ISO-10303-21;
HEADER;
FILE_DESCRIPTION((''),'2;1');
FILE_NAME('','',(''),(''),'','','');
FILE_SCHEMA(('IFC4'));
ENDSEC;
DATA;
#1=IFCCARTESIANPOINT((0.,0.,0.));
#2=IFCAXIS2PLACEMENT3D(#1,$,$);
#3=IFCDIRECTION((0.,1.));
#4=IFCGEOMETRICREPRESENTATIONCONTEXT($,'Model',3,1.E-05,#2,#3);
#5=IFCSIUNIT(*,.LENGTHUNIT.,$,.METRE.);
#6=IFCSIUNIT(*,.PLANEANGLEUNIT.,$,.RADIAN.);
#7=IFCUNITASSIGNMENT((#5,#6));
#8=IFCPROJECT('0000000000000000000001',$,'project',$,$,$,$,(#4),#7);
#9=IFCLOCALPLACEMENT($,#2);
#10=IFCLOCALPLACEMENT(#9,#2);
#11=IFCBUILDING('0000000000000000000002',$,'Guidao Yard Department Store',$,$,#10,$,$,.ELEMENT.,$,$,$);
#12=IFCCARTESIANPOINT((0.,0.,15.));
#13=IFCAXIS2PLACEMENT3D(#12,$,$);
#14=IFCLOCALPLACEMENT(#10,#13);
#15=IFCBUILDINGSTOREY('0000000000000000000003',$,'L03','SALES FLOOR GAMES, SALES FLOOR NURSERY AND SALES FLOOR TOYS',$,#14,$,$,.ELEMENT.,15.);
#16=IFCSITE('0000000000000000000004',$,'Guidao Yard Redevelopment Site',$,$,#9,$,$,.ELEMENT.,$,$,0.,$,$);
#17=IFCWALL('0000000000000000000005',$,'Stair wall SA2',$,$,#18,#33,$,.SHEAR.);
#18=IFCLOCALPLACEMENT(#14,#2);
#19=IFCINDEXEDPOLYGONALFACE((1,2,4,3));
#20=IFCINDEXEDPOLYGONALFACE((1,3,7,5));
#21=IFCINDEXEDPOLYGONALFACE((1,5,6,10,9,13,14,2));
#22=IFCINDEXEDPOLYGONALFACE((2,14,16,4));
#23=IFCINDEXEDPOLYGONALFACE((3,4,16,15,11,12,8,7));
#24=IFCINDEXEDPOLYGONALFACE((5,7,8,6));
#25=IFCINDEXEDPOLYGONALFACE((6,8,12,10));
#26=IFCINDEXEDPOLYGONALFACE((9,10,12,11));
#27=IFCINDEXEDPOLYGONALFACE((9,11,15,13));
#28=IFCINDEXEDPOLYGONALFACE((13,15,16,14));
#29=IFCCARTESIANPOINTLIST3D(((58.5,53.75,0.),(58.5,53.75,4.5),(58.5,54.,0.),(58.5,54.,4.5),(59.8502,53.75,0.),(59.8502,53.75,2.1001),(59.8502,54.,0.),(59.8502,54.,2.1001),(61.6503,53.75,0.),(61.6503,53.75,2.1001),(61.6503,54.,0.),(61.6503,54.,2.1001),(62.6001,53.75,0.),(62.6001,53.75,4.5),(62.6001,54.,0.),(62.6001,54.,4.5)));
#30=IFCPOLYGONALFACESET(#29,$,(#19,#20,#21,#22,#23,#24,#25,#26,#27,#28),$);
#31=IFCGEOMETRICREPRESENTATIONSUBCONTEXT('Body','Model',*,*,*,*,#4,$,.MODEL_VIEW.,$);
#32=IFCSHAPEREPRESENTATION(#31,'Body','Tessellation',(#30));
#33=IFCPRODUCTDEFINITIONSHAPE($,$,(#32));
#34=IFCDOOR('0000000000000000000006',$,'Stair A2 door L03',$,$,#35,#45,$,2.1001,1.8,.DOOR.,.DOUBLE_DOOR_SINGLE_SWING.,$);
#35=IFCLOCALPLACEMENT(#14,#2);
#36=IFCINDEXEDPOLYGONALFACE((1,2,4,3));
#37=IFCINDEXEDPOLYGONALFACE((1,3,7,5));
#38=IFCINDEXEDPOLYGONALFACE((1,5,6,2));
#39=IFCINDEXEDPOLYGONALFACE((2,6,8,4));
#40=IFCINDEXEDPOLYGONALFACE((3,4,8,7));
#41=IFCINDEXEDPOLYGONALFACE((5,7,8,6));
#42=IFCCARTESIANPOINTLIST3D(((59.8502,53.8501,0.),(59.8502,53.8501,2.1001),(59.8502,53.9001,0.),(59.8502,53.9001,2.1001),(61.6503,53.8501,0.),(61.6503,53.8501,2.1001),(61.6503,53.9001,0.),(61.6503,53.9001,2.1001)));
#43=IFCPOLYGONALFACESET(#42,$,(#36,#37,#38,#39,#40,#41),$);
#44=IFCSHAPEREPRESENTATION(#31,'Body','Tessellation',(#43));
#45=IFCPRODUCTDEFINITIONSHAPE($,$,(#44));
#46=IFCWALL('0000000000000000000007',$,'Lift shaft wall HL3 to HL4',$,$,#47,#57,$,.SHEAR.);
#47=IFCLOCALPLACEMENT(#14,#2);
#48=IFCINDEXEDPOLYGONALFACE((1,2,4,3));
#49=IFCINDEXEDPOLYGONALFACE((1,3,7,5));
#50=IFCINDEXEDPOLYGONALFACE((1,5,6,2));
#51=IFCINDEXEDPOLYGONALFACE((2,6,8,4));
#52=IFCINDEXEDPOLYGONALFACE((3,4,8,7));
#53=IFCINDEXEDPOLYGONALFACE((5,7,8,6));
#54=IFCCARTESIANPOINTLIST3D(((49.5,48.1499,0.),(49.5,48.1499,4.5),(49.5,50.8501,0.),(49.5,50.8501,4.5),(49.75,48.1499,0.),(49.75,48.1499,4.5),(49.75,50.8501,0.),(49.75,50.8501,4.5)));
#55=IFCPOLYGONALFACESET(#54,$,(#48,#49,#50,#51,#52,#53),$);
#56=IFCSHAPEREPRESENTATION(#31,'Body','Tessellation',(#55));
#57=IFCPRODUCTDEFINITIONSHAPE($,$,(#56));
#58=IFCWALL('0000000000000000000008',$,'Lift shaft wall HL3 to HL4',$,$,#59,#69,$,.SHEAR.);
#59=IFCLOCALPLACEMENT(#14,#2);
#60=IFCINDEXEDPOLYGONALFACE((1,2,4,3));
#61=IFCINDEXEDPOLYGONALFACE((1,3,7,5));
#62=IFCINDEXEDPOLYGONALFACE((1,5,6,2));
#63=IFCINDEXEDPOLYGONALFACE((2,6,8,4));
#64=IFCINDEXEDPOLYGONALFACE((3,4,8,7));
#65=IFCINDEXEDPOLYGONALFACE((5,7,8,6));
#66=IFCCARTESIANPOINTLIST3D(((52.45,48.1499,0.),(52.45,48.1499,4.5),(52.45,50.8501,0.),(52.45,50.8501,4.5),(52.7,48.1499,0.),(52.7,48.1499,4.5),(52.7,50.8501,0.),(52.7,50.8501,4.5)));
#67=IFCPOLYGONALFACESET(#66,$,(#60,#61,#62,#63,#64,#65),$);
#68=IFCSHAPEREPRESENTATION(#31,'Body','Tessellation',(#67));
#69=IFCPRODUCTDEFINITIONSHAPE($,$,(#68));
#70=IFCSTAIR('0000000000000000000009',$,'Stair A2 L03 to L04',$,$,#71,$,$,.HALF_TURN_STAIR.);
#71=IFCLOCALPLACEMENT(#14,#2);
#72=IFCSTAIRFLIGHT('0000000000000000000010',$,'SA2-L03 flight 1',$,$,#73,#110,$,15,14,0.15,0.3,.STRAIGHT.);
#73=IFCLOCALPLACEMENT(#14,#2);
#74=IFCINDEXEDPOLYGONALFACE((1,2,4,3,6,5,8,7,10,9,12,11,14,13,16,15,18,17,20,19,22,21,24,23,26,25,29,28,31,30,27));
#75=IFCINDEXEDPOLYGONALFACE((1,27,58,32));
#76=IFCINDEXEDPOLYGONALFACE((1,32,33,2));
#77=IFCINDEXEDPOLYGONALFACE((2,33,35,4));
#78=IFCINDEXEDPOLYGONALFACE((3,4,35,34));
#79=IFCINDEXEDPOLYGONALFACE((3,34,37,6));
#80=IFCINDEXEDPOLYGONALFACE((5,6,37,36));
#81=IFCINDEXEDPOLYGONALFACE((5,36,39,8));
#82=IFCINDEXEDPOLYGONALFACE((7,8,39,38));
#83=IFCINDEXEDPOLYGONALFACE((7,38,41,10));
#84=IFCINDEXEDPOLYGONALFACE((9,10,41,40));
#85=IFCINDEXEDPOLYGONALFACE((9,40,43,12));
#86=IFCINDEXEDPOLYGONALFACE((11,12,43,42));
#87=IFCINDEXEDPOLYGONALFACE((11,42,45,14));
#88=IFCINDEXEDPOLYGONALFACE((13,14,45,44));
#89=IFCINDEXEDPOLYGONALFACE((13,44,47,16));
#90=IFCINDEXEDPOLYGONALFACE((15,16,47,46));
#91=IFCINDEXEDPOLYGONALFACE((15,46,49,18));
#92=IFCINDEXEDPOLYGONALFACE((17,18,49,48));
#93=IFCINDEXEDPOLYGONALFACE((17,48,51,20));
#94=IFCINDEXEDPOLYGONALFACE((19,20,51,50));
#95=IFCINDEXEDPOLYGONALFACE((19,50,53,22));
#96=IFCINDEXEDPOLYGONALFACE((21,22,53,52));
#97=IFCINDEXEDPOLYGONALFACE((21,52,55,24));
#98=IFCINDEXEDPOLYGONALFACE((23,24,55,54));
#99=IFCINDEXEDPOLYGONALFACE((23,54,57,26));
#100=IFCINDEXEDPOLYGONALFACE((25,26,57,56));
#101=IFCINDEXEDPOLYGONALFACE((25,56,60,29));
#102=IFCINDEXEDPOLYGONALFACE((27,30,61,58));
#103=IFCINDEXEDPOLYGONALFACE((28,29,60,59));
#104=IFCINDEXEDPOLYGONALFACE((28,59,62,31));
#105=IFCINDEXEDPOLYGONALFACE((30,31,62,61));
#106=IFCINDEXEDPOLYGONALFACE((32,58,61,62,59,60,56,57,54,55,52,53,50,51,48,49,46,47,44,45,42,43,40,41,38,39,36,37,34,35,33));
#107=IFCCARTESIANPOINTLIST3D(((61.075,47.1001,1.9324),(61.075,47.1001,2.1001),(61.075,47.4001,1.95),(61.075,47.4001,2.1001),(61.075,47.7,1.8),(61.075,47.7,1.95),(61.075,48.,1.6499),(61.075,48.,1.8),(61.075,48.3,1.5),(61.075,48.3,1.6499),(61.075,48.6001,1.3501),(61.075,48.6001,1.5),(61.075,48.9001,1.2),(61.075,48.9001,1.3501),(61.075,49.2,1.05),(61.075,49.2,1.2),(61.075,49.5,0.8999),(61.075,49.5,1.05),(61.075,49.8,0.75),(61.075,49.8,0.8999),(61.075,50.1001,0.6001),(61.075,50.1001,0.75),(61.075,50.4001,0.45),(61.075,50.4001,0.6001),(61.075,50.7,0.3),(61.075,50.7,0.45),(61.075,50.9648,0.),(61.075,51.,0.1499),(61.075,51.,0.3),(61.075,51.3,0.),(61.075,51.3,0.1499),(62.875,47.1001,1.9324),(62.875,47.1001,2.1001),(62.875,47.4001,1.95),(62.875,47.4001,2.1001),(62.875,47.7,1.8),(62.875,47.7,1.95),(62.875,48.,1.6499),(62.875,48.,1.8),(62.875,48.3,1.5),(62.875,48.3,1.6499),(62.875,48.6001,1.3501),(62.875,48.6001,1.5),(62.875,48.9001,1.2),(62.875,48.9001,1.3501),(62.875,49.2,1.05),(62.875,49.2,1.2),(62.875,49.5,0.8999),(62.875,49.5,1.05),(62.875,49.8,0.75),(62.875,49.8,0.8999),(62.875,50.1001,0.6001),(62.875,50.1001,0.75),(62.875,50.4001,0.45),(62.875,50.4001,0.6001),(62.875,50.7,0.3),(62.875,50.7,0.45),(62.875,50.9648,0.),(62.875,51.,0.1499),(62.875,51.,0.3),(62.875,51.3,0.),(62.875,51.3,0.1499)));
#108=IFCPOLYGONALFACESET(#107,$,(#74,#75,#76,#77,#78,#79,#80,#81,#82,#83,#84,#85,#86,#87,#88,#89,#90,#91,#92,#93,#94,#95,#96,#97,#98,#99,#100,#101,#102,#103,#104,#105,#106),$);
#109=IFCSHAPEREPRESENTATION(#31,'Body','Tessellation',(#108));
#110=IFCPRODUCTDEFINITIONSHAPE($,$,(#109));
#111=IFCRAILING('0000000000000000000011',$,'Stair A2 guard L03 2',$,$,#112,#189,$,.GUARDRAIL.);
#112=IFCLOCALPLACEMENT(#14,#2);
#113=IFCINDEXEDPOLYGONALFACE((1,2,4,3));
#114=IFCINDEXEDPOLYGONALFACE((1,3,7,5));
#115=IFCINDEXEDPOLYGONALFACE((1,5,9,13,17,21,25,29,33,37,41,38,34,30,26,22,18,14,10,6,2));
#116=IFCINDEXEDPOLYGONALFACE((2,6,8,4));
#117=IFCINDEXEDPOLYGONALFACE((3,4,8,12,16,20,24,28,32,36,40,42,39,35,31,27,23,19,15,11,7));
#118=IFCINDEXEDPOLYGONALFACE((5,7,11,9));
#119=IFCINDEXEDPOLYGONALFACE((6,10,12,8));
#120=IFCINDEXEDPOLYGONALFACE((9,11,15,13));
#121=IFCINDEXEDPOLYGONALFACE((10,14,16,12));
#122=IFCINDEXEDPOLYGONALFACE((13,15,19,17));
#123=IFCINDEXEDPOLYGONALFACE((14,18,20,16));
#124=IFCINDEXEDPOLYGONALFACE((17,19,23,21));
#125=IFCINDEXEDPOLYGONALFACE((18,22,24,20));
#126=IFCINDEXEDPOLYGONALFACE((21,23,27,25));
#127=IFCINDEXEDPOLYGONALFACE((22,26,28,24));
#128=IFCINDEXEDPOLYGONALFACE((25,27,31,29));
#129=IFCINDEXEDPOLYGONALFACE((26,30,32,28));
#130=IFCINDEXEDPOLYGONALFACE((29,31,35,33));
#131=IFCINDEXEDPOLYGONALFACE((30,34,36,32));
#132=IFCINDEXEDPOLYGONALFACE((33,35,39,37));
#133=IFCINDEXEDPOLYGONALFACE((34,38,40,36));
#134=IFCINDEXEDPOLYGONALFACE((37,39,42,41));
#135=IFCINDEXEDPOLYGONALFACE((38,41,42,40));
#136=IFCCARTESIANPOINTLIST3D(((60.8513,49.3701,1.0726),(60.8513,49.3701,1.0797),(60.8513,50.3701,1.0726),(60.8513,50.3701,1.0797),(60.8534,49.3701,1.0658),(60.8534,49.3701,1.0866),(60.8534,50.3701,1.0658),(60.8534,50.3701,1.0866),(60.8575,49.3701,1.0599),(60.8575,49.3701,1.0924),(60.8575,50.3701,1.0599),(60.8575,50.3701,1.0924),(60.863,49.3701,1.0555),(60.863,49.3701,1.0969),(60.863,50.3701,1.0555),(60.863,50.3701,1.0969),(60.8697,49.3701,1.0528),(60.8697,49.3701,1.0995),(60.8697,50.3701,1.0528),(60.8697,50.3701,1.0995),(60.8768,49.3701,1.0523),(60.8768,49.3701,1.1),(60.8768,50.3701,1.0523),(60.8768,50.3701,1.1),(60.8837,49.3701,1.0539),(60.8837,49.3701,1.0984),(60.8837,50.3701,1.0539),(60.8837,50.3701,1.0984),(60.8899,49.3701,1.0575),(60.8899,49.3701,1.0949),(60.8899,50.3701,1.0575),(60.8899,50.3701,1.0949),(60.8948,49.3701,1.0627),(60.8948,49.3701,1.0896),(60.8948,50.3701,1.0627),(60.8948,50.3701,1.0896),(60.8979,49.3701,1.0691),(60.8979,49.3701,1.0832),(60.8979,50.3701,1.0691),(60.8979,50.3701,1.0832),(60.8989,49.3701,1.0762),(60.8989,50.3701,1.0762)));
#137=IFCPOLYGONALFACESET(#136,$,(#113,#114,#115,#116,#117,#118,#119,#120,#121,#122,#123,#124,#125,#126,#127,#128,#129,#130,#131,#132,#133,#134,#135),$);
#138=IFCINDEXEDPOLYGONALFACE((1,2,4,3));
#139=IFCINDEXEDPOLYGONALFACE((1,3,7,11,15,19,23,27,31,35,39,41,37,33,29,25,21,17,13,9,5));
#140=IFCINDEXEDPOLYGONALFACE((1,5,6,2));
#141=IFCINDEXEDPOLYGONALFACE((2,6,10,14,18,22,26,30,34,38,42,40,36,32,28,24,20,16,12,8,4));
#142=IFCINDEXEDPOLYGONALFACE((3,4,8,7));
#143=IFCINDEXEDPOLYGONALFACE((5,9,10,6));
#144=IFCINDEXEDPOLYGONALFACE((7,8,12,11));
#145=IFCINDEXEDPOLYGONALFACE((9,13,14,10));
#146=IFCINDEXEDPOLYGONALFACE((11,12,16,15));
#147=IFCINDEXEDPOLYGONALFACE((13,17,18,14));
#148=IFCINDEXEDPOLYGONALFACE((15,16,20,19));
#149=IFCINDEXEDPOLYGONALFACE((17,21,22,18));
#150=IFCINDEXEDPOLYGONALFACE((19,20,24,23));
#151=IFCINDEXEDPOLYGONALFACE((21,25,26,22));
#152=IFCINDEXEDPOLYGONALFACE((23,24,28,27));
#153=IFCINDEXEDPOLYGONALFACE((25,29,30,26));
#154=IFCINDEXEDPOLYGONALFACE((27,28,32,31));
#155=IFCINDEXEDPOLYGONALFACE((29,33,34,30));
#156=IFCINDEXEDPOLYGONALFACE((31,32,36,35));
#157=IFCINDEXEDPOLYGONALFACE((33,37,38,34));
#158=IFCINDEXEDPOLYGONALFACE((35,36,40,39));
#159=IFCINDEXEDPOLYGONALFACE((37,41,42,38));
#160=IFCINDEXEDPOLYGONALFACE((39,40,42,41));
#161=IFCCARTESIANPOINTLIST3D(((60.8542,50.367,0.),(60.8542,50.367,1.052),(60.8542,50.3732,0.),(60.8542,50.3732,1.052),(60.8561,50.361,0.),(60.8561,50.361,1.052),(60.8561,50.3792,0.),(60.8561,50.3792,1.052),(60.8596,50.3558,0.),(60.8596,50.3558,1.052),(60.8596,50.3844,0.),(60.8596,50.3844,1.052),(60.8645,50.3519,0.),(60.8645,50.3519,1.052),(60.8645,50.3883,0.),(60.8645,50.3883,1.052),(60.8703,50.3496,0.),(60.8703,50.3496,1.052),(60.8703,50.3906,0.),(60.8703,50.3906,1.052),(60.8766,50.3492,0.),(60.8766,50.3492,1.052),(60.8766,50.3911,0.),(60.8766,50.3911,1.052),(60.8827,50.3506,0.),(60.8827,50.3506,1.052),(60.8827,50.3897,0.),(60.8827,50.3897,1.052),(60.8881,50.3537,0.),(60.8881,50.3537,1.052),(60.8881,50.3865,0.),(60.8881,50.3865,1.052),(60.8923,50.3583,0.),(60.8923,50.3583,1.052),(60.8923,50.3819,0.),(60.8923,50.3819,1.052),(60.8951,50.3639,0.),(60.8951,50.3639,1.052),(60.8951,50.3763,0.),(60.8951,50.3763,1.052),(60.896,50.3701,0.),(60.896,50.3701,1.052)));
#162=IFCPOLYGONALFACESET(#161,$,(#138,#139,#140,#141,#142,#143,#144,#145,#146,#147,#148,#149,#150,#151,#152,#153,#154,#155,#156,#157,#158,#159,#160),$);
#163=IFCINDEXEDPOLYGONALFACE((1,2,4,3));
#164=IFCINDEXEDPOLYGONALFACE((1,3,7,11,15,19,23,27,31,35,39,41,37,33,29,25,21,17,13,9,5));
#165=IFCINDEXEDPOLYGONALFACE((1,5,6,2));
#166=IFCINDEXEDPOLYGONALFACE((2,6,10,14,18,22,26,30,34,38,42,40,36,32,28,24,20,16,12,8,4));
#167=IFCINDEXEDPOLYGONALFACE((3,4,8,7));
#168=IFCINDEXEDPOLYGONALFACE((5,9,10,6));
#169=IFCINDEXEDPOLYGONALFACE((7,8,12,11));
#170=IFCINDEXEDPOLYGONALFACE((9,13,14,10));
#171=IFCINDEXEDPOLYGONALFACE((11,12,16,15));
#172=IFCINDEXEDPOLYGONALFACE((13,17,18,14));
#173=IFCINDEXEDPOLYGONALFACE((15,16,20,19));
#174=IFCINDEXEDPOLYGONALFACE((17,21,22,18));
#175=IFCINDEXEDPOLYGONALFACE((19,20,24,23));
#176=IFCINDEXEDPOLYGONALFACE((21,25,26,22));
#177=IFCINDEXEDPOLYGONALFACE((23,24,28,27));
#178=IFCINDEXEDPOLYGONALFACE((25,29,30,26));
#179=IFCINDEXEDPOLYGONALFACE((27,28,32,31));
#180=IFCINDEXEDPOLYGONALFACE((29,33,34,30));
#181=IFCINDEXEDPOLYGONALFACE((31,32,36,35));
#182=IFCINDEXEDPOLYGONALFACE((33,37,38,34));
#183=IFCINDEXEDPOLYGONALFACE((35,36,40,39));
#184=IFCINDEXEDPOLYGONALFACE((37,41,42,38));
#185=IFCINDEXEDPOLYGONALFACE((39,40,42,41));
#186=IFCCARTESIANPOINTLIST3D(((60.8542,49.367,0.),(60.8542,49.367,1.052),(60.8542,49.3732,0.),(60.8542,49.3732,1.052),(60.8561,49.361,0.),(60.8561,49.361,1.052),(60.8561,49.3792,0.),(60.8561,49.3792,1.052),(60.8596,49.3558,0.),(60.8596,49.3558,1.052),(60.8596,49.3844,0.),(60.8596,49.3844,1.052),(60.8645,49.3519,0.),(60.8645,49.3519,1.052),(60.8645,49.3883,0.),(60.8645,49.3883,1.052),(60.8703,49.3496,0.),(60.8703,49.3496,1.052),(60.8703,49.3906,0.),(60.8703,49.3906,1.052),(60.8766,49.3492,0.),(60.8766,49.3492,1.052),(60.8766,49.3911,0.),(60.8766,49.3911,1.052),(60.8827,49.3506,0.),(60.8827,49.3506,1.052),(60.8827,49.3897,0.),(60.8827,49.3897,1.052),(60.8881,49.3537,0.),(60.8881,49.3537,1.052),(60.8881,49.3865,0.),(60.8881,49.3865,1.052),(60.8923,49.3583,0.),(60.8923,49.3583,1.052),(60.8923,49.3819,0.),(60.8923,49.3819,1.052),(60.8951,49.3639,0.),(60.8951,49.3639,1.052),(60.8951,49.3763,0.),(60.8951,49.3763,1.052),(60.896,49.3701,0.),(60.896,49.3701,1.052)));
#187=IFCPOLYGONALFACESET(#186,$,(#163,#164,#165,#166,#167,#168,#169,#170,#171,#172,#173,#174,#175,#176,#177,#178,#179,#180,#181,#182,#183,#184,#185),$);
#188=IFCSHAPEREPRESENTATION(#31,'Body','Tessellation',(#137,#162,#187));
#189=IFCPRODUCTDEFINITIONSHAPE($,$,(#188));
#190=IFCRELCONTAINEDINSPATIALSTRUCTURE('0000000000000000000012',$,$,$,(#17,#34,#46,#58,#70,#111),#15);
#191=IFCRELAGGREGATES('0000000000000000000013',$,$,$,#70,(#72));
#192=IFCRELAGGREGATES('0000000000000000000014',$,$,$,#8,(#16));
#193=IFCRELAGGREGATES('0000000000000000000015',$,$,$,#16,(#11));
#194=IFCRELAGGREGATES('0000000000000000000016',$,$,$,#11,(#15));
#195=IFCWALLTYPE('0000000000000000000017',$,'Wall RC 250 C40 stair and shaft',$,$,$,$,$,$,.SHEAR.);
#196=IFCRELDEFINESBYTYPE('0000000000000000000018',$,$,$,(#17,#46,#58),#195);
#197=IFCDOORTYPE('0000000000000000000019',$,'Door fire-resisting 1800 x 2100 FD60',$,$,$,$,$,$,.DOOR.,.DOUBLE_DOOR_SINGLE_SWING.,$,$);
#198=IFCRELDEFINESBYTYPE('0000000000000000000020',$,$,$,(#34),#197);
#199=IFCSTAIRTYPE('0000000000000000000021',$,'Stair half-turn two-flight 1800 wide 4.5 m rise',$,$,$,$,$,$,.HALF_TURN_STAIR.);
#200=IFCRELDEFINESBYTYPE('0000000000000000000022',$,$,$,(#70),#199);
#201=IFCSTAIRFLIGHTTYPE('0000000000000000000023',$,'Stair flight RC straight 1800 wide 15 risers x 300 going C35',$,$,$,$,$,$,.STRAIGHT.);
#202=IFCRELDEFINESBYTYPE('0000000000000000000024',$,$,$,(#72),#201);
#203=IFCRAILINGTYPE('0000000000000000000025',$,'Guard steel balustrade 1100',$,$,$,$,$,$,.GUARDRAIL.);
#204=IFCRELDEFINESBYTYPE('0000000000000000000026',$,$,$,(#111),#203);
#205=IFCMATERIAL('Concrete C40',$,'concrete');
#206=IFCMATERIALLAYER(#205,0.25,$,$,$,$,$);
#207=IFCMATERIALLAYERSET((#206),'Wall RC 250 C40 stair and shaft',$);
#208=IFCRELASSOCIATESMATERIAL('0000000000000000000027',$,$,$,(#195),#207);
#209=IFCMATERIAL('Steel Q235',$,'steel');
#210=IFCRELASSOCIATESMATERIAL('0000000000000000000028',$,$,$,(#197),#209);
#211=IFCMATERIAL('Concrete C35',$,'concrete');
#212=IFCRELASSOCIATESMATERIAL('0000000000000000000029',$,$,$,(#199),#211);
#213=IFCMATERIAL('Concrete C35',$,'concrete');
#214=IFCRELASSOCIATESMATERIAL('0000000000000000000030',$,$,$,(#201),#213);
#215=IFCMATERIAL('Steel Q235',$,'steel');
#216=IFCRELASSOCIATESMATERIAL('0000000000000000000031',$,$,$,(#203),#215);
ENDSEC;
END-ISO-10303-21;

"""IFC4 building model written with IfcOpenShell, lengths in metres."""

from ifc_helpers import new_model, si_unit, direction, frame, frame_2d, origin, origin_2d, place, context, subcontext, project, spatial, polyline, rectangle, circle, outline, extrude, material, layer, layer_set, type_object, element, fill, aggregate, save


model = new_model("IFC4")

# Units and contexts
model_context = context("Model", 3, precision=1e-05, world=origin(), true_north=direction((0.0, 1.0)))
body_context = subcontext(model_context, "Body", "Model", "MODEL_VIEW")
ifc_project = project(units=[si_unit("LENGTHUNIT", "METRE"), si_unit("PLANEANGLEUNIT", "RADIAN")], contexts=[model_context])

# Site, building, storey
site_placement = place(None, origin())
site = spatial("IfcSite", under=ifc_project, at=site_placement, Name="Guidao Yard Redevelopment Site", CompositionType="ELEMENT", RefElevation=0.0)
building_placement = place(site_placement, origin())
building = spatial("IfcBuilding", under=site, at=building_placement, Name="Guidao Yard Department Store", CompositionType="ELEMENT")
storey_placement = place(building_placement, frame((0.0, 0.0, 15.0)))
storey = spatial("IfcBuildingStorey", under=building, at=storey_placement, Name="L03", Description="SALES FLOOR GAMES, SALES FLOOR NURSERY AND SALES FLOOR TOYS", CompositionType="ELEMENT", Elevation=15.0)

# Wall, opening, door
ifc_material_1 = material(Name="Concrete C40", Category="concrete")
ifc_layer_1 = layer(ifc_material_1, 0.25)
ifc_layer_set_1 = layer_set([ifc_layer_1], Name="Wall RC 250 C40 stair and shaft")
wall_type_1 = type_object("IfcWallType", Name="Wall RC 250 C40 stair and shaft", PredefinedType="SHEAR", material=ifc_layer_set_1)
wall_1_placement = place(storey_placement, frame((58.5, 53.875, 0.0), z_axis=(0.0, 0.0, 1.0), x_axis=(1.0, 0.0, 0.0)))
wall_1 = element("IfcWall", 1, at=wall_1_placement, inside=storey, type_object=wall_type_1, Name="Stair wall SA2", PredefinedType="SHEAR", context=body_context, shape_type="SweptSolid", body=[
    extrude(rectangle(XDim=4.1001, YDim=0.25, at=frame_2d((2.05, 0.0))), origin(), (0.0, 0.0, 1.0), 4.5),
])
opening_1_placement = place(wall_1_placement, frame((3.1501, 0.0, 0.0), z_axis=(0.0, 0.0, 1.0), x_axis=(-1.0, 0.0, 0.0)))
opening_1 = element("IfcOpeningElement", 2, at=opening_1_placement, cuts=wall_1, PredefinedType="OPENING", context=body_context, shape_type="SweptSolid", body=[
    extrude(rectangle(XDim=1.8, YDim=2.1001, at=frame_2d((0.8999, 1.05))), frame((0.0, 0.135, 0.0), z_axis=(0.0, -1.0, 0.0), x_axis=(1.0, 0.0, 0.0)), (0.0, 0.0, 1.0), 0.27),
])
ifc_material_2 = material(Name="Steel Q235", Category="steel")
door_type = type_object("IfcDoorType", Name="Door fire-resisting 1800 x 2100 FD60", OperationType="DOUBLE_DOOR_SINGLE_SWING", PredefinedType="DOOR", material=ifc_material_2)
door_placement = place(opening_1_placement, origin())
door = element("IfcDoor", 3, at=door_placement, inside=storey, type_object=door_type, Name="Stair A2 door L03", OperationType="DOUBLE_DOOR_SINGLE_SWING", OverallHeight=2.1001, OverallWidth=1.8, PredefinedType="DOOR", context=body_context, shape_type="SweptSolid", body=[
    extrude(rectangle(XDim=1.8, YDim=2.1001, at=frame_2d((0.8999, 1.05))), frame((0.0, 0.0249, 0.0), z_axis=(0.0, -1.0, 0.0), x_axis=(1.0, 0.0, 0.0)), (0.0, 0.0, 1.0), 0.05),
])
fill(opening_1, door)

# Walls
for number, where, z_axis, x_axis, name in (
    (4, (49.625, 48.1499, 0.0), (0.0, 0.0, 1.0), (0.0, 1.0, 0.0), "Lift shaft wall HL3 to HL4"),
    (5, (52.575, 48.1499, 0.0), (0.0, 0.0, 1.0), (0.0, 1.0, 0.0), "Lift shaft wall HL3 to HL4"),
):
    element("IfcWall", number, at=place(storey_placement, frame(where, z_axis=z_axis, x_axis=x_axis)), inside=storey, type_object=wall_type_1, Name=name, PredefinedType="SHEAR", context=body_context, shape_type="SweptSolid", body=[
        extrude(rectangle(XDim=2.7002, YDim=0.25, at=frame_2d((1.3501, 0.0))), origin(), (0.0, 0.0, 1.0), 4.5),
    ])

# Stair, stair flight
ifc_material_3 = material(Name="Concrete C35", Category="concrete")
stair_type = type_object("IfcStairType", Name="Stair half-turn two-flight 1800 wide 4.5 m rise", PredefinedType="HALF_TURN_STAIR", material=ifc_material_3)
stair_placement = place(storey_placement, origin())
stair = element("IfcStair", 6, at=stair_placement, inside=storey, type_object=stair_type, Name="Stair A2 L03 to L04", PredefinedType="HALF_TURN_STAIR")
ifc_material_4 = material(Name="Concrete C35", Category="concrete")
stair_flight_type = type_object("IfcStairFlightType", Name="Stair flight RC straight 1800 wide 15 risers x 300 going C35", PredefinedType="STRAIGHT", material=ifc_material_4)
stair_flight_placement = place(storey_placement, frame((61.9751, 51.3, 0.0), z_axis=(0.0, 0.0, 1.0), x_axis=(0.0, -1.0, 0.0)))
stair_flight = element("IfcStairFlight", 7, at=stair_flight_placement, type_object=stair_flight_type, Name="SA2-L03 flight 1", NumberOfRisers=15, NumberOfTreads=14, PredefinedType="STRAIGHT", RiserHeight=0.15, TreadLength=0.3, context=body_context, shape_type="SweptSolid", body=[
    extrude(outline(polyline([(0.0, 0.0), (0.0, 0.1499), (0.3, 0.1499), (0.3, 0.3), (0.6001, 0.3), (0.6001, 0.45), (0.8999, 0.45), (0.8999, 0.6001), (1.2, 0.6001), (1.2, 0.75), (1.5, 0.75), (1.5, 0.8999), (1.8, 0.8999), (1.8, 1.05), (2.1001, 1.05), (2.1001, 1.2), (2.3999, 1.2), (2.3999, 1.3501), (2.7, 1.3501), (2.7, 1.5), (3.0, 1.5), (3.0, 1.6499), (3.3, 1.6499), (3.3, 1.8), (3.6001, 1.8), (3.6001, 1.95), (3.8999, 1.95), (3.8999, 2.1001), (4.2, 2.1001), (4.2, 2.25), (4.2, 1.9324), (0.3352, 0.0), (0.0, 0.0)])), frame((0.0, 0.8999, 0.0), z_axis=(0.0, -1.0, 0.0), x_axis=(1.0, 0.0, 0.0)), (0.0, 0.0, 1.0), 1.8),
])
aggregate(stair, [stair_flight])

# Railing
ifc_material_5 = material(Name="Steel Q235", Category="steel")
railing_type_1 = type_object("IfcRailingType", Name="Guard steel balustrade 1100", PredefinedType="GUARDRAIL", material=ifc_material_5)
railing_1_placement = place(storey_placement, frame((60.875, 50.3701, 0.0)))
element("IfcRailing", 8, at=railing_1_placement, inside=storey, type_object=railing_type_1, Name="Stair A2 guard L03 2", PredefinedType="GUARDRAIL", context=body_context, shape_type="SweptSolid", body=[
    extrude(circle(Radius=0.0239, at=origin_2d()), frame((0.0, 0.0, 1.0762), z_axis=(0.0, -1.0, 0.0), x_axis=(1.0, 0.0, 0.0)), (0.0, 0.0, 1.0), 1.0),
    extrude(circle(Radius=0.021, at=origin_2d()), origin(), (0.0, 0.0, 1.0), 1.052),
    extrude(circle(Radius=0.021, at=origin_2d()), frame((0.0, -1.0, 0.0)), (0.0, 0.0, 1.0), 1.052),
])

save(model, "model.ifc")
